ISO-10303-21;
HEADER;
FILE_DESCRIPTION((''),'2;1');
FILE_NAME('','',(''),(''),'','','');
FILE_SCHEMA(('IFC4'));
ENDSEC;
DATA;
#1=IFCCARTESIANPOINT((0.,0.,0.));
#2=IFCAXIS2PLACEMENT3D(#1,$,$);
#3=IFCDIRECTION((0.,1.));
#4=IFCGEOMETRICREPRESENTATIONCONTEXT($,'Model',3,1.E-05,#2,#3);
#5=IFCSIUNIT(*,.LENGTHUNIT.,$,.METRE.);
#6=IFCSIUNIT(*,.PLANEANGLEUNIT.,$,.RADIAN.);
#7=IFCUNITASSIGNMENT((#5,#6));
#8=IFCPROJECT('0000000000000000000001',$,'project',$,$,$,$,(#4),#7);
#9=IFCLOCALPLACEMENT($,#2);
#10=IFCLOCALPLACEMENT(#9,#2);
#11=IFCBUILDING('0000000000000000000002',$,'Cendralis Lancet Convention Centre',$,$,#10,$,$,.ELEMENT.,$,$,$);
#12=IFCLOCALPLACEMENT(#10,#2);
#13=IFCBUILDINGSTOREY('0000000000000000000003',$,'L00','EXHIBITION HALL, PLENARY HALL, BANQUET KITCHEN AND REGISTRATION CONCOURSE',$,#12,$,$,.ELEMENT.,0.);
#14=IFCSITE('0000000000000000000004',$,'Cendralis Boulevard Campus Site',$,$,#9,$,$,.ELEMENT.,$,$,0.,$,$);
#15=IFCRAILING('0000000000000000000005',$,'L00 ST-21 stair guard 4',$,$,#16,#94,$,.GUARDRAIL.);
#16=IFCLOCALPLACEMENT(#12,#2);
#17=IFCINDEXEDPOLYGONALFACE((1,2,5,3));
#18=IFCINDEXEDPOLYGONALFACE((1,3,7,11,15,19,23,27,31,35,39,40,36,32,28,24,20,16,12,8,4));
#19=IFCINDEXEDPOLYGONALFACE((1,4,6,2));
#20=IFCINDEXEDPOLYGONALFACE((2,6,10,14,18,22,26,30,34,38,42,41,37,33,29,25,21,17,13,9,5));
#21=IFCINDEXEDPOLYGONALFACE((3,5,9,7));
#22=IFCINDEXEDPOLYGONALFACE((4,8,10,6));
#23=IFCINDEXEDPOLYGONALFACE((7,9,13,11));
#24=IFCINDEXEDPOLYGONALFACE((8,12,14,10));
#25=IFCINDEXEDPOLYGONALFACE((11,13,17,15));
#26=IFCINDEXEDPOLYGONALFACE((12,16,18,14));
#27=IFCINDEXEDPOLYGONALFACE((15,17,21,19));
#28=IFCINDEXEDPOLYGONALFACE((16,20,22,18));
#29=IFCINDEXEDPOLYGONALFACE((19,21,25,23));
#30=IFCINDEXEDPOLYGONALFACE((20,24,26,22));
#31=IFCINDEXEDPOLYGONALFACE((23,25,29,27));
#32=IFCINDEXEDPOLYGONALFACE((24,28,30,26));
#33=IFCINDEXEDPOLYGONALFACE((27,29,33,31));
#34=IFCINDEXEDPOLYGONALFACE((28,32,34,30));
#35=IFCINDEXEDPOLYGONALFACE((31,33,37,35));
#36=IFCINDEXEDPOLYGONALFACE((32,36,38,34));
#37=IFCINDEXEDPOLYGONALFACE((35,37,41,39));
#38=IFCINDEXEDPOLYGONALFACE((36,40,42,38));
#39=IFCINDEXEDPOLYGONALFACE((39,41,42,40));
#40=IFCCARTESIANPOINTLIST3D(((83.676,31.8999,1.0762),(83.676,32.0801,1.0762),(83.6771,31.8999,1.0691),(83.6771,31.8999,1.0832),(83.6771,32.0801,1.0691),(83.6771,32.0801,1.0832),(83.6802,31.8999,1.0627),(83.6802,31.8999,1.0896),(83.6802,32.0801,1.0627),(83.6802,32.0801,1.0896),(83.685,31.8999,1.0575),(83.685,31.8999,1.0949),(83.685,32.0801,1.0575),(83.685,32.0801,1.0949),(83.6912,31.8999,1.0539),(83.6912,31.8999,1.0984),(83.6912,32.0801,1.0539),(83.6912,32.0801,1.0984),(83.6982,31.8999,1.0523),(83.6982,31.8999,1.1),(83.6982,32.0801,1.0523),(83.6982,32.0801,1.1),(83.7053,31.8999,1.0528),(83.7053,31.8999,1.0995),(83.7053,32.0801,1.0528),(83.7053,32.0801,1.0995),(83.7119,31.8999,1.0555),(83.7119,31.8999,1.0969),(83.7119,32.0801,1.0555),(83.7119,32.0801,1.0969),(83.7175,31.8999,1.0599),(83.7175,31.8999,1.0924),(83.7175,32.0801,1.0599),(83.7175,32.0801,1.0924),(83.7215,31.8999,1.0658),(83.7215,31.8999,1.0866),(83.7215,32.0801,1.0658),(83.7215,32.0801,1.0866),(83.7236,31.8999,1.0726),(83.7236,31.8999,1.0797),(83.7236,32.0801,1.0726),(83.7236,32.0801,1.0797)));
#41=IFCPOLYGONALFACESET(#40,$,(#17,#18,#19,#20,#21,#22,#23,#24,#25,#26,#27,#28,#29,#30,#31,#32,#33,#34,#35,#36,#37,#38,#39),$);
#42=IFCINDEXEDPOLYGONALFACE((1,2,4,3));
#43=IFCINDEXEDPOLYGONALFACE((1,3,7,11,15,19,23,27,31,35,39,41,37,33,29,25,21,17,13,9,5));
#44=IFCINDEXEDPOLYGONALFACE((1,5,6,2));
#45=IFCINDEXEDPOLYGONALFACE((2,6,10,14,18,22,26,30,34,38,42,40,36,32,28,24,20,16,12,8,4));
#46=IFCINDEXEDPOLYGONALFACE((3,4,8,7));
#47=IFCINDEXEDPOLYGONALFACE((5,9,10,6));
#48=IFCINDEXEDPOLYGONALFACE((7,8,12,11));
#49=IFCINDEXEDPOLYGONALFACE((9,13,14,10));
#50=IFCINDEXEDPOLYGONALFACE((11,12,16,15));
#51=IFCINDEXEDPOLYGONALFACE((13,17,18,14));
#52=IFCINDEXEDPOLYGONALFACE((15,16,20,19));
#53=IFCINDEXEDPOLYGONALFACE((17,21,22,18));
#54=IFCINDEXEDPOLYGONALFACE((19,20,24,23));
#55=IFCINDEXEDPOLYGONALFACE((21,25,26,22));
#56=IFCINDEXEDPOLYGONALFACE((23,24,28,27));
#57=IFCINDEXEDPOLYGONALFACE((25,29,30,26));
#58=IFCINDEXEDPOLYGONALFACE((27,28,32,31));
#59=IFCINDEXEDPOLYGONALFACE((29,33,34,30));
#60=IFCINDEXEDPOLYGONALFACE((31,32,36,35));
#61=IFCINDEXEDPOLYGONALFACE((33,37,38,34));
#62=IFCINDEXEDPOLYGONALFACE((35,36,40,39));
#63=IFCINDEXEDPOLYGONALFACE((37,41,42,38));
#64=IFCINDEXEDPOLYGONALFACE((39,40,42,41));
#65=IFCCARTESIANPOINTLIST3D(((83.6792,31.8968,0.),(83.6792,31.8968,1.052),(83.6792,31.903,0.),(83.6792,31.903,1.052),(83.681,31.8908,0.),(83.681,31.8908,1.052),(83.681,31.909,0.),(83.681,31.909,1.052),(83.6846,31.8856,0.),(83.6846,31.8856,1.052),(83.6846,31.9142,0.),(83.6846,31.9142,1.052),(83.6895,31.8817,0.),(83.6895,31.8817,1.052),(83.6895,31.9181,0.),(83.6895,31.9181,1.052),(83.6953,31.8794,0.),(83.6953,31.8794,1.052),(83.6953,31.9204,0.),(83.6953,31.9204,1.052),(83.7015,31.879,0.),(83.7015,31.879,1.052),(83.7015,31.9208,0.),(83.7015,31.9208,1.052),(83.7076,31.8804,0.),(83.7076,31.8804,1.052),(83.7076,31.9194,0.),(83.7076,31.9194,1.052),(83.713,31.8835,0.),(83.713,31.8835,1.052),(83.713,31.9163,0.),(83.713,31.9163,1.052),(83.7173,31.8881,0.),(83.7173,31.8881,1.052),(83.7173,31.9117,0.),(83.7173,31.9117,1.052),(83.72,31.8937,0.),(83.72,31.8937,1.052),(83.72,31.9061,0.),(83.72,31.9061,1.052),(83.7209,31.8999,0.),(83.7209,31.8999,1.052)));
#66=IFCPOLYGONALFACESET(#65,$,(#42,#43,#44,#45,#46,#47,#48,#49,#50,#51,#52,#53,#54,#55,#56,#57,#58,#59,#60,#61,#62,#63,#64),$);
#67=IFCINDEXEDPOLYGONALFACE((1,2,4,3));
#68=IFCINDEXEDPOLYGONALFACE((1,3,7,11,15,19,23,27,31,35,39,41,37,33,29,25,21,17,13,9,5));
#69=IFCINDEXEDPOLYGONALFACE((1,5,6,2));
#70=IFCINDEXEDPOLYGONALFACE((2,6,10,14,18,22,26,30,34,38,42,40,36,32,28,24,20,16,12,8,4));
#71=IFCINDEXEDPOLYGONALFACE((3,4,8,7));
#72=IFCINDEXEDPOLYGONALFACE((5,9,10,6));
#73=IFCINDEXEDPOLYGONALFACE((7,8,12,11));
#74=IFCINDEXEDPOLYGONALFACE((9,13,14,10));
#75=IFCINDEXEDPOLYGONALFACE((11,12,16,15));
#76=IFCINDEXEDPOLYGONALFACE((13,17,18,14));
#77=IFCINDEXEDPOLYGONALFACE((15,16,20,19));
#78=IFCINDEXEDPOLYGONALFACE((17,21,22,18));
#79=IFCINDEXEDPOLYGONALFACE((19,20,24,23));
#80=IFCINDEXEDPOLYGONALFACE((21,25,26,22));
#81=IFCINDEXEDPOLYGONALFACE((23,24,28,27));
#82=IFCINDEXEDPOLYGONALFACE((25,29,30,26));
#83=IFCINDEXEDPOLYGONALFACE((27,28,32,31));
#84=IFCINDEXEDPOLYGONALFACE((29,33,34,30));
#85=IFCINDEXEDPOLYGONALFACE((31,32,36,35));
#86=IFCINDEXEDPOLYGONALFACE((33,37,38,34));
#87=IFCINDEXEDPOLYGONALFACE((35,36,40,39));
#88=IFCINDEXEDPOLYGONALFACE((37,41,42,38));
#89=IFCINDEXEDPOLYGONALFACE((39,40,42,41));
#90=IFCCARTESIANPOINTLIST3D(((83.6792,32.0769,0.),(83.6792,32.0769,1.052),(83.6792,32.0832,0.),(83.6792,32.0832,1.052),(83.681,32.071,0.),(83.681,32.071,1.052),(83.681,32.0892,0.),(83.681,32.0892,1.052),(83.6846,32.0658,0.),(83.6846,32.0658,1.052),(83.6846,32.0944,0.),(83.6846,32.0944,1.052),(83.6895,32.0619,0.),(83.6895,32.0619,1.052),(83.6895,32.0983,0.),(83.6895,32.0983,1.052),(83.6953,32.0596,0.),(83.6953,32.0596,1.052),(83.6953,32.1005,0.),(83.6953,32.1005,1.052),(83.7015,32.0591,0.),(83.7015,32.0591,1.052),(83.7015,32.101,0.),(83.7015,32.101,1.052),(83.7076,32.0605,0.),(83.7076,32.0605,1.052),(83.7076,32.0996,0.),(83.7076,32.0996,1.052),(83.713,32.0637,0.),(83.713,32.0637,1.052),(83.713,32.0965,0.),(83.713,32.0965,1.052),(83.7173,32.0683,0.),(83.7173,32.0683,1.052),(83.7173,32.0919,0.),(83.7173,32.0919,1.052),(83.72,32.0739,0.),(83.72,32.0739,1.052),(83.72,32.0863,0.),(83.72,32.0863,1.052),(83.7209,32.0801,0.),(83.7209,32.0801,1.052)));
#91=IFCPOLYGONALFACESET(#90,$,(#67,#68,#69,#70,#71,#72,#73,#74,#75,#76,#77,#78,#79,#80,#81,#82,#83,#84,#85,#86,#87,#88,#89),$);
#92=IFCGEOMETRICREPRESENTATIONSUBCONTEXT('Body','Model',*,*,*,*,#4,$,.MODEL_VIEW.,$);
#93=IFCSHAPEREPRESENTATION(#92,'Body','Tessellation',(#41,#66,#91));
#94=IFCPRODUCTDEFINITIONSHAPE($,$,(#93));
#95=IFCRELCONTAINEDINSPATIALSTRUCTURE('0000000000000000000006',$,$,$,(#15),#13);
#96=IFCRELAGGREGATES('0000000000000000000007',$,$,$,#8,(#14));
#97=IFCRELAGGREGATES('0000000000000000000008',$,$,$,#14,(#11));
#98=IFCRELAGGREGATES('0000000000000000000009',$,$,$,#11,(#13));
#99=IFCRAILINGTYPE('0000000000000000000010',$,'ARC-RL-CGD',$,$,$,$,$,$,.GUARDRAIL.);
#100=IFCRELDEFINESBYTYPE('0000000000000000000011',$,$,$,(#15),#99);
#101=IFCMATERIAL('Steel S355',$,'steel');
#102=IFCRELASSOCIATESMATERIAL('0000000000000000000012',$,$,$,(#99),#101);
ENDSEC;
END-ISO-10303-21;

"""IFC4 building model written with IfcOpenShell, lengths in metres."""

from ifc_helpers import new_model, si_unit, direction, frame, origin, origin_2d, place, context, subcontext, project, spatial, circle, extrude, material, type_object, element, save


model = new_model("IFC4")

# Units and contexts
model_context = context("Model", 3, precision=1e-05, world=origin(), true_north=direction((0.0, 1.0)))
body_context = subcontext(model_context, "Body", "Model", "MODEL_VIEW")
ifc_project = project(units=[si_unit("LENGTHUNIT", "METRE"), si_unit("PLANEANGLEUNIT", "RADIAN")], contexts=[model_context])

# Site, building, storey
site_placement = place(None, origin())
site = spatial("IfcSite", under=ifc_project, at=site_placement, Name="Cendralis Boulevard Campus Site", CompositionType="ELEMENT", RefElevation=0.0)
building_placement = place(site_placement, origin())
building = spatial("IfcBuilding", under=site, at=building_placement, Name="Cendralis Lancet Convention Centre", CompositionType="ELEMENT")
storey_placement = place(building_placement, origin())
storey = spatial("IfcBuildingStorey", under=building, at=storey_placement, Name="L00", Description="EXHIBITION HALL, PLENARY HALL, BANQUET KITCHEN AND REGISTRATION CONCOURSE", CompositionType="ELEMENT", Elevation=0.0)

# Shared definitions
ifc_material_1 = material(Name="Steel S355", Category="steel")

# Railing
railing_type_1 = type_object("IfcRailingType", Name="ARC-RL-CGD", PredefinedType="GUARDRAIL", material=ifc_material_1)
railing_1_placement = place(storey_placement, frame((83.7, 31.8999, 0.0)))
element("IfcRailing", 1, at=railing_1_placement, inside=storey, type_object=railing_type_1, Name="L00 ST-21 stair guard 4", PredefinedType="GUARDRAIL", context=body_context, shape_type="SweptSolid", body=[
    extrude(circle(Radius=0.0239, at=origin_2d()), frame((0.0, 0.0, 1.0762), z_axis=(0.0, 1.0, 0.0), x_axis=(-1.0, 0.0, 0.0)), (0.0, 0.0, 1.0), 0.1802),
    extrude(circle(Radius=0.021, at=origin_2d()), origin(), (0.0, 0.0, 1.0), 1.052),
    extrude(circle(Radius=0.021, at=origin_2d()), frame((0.0, 0.1802, 0.0)), (0.0, 0.0, 1.0), 1.052),
])

save(model, "model.ifc")
